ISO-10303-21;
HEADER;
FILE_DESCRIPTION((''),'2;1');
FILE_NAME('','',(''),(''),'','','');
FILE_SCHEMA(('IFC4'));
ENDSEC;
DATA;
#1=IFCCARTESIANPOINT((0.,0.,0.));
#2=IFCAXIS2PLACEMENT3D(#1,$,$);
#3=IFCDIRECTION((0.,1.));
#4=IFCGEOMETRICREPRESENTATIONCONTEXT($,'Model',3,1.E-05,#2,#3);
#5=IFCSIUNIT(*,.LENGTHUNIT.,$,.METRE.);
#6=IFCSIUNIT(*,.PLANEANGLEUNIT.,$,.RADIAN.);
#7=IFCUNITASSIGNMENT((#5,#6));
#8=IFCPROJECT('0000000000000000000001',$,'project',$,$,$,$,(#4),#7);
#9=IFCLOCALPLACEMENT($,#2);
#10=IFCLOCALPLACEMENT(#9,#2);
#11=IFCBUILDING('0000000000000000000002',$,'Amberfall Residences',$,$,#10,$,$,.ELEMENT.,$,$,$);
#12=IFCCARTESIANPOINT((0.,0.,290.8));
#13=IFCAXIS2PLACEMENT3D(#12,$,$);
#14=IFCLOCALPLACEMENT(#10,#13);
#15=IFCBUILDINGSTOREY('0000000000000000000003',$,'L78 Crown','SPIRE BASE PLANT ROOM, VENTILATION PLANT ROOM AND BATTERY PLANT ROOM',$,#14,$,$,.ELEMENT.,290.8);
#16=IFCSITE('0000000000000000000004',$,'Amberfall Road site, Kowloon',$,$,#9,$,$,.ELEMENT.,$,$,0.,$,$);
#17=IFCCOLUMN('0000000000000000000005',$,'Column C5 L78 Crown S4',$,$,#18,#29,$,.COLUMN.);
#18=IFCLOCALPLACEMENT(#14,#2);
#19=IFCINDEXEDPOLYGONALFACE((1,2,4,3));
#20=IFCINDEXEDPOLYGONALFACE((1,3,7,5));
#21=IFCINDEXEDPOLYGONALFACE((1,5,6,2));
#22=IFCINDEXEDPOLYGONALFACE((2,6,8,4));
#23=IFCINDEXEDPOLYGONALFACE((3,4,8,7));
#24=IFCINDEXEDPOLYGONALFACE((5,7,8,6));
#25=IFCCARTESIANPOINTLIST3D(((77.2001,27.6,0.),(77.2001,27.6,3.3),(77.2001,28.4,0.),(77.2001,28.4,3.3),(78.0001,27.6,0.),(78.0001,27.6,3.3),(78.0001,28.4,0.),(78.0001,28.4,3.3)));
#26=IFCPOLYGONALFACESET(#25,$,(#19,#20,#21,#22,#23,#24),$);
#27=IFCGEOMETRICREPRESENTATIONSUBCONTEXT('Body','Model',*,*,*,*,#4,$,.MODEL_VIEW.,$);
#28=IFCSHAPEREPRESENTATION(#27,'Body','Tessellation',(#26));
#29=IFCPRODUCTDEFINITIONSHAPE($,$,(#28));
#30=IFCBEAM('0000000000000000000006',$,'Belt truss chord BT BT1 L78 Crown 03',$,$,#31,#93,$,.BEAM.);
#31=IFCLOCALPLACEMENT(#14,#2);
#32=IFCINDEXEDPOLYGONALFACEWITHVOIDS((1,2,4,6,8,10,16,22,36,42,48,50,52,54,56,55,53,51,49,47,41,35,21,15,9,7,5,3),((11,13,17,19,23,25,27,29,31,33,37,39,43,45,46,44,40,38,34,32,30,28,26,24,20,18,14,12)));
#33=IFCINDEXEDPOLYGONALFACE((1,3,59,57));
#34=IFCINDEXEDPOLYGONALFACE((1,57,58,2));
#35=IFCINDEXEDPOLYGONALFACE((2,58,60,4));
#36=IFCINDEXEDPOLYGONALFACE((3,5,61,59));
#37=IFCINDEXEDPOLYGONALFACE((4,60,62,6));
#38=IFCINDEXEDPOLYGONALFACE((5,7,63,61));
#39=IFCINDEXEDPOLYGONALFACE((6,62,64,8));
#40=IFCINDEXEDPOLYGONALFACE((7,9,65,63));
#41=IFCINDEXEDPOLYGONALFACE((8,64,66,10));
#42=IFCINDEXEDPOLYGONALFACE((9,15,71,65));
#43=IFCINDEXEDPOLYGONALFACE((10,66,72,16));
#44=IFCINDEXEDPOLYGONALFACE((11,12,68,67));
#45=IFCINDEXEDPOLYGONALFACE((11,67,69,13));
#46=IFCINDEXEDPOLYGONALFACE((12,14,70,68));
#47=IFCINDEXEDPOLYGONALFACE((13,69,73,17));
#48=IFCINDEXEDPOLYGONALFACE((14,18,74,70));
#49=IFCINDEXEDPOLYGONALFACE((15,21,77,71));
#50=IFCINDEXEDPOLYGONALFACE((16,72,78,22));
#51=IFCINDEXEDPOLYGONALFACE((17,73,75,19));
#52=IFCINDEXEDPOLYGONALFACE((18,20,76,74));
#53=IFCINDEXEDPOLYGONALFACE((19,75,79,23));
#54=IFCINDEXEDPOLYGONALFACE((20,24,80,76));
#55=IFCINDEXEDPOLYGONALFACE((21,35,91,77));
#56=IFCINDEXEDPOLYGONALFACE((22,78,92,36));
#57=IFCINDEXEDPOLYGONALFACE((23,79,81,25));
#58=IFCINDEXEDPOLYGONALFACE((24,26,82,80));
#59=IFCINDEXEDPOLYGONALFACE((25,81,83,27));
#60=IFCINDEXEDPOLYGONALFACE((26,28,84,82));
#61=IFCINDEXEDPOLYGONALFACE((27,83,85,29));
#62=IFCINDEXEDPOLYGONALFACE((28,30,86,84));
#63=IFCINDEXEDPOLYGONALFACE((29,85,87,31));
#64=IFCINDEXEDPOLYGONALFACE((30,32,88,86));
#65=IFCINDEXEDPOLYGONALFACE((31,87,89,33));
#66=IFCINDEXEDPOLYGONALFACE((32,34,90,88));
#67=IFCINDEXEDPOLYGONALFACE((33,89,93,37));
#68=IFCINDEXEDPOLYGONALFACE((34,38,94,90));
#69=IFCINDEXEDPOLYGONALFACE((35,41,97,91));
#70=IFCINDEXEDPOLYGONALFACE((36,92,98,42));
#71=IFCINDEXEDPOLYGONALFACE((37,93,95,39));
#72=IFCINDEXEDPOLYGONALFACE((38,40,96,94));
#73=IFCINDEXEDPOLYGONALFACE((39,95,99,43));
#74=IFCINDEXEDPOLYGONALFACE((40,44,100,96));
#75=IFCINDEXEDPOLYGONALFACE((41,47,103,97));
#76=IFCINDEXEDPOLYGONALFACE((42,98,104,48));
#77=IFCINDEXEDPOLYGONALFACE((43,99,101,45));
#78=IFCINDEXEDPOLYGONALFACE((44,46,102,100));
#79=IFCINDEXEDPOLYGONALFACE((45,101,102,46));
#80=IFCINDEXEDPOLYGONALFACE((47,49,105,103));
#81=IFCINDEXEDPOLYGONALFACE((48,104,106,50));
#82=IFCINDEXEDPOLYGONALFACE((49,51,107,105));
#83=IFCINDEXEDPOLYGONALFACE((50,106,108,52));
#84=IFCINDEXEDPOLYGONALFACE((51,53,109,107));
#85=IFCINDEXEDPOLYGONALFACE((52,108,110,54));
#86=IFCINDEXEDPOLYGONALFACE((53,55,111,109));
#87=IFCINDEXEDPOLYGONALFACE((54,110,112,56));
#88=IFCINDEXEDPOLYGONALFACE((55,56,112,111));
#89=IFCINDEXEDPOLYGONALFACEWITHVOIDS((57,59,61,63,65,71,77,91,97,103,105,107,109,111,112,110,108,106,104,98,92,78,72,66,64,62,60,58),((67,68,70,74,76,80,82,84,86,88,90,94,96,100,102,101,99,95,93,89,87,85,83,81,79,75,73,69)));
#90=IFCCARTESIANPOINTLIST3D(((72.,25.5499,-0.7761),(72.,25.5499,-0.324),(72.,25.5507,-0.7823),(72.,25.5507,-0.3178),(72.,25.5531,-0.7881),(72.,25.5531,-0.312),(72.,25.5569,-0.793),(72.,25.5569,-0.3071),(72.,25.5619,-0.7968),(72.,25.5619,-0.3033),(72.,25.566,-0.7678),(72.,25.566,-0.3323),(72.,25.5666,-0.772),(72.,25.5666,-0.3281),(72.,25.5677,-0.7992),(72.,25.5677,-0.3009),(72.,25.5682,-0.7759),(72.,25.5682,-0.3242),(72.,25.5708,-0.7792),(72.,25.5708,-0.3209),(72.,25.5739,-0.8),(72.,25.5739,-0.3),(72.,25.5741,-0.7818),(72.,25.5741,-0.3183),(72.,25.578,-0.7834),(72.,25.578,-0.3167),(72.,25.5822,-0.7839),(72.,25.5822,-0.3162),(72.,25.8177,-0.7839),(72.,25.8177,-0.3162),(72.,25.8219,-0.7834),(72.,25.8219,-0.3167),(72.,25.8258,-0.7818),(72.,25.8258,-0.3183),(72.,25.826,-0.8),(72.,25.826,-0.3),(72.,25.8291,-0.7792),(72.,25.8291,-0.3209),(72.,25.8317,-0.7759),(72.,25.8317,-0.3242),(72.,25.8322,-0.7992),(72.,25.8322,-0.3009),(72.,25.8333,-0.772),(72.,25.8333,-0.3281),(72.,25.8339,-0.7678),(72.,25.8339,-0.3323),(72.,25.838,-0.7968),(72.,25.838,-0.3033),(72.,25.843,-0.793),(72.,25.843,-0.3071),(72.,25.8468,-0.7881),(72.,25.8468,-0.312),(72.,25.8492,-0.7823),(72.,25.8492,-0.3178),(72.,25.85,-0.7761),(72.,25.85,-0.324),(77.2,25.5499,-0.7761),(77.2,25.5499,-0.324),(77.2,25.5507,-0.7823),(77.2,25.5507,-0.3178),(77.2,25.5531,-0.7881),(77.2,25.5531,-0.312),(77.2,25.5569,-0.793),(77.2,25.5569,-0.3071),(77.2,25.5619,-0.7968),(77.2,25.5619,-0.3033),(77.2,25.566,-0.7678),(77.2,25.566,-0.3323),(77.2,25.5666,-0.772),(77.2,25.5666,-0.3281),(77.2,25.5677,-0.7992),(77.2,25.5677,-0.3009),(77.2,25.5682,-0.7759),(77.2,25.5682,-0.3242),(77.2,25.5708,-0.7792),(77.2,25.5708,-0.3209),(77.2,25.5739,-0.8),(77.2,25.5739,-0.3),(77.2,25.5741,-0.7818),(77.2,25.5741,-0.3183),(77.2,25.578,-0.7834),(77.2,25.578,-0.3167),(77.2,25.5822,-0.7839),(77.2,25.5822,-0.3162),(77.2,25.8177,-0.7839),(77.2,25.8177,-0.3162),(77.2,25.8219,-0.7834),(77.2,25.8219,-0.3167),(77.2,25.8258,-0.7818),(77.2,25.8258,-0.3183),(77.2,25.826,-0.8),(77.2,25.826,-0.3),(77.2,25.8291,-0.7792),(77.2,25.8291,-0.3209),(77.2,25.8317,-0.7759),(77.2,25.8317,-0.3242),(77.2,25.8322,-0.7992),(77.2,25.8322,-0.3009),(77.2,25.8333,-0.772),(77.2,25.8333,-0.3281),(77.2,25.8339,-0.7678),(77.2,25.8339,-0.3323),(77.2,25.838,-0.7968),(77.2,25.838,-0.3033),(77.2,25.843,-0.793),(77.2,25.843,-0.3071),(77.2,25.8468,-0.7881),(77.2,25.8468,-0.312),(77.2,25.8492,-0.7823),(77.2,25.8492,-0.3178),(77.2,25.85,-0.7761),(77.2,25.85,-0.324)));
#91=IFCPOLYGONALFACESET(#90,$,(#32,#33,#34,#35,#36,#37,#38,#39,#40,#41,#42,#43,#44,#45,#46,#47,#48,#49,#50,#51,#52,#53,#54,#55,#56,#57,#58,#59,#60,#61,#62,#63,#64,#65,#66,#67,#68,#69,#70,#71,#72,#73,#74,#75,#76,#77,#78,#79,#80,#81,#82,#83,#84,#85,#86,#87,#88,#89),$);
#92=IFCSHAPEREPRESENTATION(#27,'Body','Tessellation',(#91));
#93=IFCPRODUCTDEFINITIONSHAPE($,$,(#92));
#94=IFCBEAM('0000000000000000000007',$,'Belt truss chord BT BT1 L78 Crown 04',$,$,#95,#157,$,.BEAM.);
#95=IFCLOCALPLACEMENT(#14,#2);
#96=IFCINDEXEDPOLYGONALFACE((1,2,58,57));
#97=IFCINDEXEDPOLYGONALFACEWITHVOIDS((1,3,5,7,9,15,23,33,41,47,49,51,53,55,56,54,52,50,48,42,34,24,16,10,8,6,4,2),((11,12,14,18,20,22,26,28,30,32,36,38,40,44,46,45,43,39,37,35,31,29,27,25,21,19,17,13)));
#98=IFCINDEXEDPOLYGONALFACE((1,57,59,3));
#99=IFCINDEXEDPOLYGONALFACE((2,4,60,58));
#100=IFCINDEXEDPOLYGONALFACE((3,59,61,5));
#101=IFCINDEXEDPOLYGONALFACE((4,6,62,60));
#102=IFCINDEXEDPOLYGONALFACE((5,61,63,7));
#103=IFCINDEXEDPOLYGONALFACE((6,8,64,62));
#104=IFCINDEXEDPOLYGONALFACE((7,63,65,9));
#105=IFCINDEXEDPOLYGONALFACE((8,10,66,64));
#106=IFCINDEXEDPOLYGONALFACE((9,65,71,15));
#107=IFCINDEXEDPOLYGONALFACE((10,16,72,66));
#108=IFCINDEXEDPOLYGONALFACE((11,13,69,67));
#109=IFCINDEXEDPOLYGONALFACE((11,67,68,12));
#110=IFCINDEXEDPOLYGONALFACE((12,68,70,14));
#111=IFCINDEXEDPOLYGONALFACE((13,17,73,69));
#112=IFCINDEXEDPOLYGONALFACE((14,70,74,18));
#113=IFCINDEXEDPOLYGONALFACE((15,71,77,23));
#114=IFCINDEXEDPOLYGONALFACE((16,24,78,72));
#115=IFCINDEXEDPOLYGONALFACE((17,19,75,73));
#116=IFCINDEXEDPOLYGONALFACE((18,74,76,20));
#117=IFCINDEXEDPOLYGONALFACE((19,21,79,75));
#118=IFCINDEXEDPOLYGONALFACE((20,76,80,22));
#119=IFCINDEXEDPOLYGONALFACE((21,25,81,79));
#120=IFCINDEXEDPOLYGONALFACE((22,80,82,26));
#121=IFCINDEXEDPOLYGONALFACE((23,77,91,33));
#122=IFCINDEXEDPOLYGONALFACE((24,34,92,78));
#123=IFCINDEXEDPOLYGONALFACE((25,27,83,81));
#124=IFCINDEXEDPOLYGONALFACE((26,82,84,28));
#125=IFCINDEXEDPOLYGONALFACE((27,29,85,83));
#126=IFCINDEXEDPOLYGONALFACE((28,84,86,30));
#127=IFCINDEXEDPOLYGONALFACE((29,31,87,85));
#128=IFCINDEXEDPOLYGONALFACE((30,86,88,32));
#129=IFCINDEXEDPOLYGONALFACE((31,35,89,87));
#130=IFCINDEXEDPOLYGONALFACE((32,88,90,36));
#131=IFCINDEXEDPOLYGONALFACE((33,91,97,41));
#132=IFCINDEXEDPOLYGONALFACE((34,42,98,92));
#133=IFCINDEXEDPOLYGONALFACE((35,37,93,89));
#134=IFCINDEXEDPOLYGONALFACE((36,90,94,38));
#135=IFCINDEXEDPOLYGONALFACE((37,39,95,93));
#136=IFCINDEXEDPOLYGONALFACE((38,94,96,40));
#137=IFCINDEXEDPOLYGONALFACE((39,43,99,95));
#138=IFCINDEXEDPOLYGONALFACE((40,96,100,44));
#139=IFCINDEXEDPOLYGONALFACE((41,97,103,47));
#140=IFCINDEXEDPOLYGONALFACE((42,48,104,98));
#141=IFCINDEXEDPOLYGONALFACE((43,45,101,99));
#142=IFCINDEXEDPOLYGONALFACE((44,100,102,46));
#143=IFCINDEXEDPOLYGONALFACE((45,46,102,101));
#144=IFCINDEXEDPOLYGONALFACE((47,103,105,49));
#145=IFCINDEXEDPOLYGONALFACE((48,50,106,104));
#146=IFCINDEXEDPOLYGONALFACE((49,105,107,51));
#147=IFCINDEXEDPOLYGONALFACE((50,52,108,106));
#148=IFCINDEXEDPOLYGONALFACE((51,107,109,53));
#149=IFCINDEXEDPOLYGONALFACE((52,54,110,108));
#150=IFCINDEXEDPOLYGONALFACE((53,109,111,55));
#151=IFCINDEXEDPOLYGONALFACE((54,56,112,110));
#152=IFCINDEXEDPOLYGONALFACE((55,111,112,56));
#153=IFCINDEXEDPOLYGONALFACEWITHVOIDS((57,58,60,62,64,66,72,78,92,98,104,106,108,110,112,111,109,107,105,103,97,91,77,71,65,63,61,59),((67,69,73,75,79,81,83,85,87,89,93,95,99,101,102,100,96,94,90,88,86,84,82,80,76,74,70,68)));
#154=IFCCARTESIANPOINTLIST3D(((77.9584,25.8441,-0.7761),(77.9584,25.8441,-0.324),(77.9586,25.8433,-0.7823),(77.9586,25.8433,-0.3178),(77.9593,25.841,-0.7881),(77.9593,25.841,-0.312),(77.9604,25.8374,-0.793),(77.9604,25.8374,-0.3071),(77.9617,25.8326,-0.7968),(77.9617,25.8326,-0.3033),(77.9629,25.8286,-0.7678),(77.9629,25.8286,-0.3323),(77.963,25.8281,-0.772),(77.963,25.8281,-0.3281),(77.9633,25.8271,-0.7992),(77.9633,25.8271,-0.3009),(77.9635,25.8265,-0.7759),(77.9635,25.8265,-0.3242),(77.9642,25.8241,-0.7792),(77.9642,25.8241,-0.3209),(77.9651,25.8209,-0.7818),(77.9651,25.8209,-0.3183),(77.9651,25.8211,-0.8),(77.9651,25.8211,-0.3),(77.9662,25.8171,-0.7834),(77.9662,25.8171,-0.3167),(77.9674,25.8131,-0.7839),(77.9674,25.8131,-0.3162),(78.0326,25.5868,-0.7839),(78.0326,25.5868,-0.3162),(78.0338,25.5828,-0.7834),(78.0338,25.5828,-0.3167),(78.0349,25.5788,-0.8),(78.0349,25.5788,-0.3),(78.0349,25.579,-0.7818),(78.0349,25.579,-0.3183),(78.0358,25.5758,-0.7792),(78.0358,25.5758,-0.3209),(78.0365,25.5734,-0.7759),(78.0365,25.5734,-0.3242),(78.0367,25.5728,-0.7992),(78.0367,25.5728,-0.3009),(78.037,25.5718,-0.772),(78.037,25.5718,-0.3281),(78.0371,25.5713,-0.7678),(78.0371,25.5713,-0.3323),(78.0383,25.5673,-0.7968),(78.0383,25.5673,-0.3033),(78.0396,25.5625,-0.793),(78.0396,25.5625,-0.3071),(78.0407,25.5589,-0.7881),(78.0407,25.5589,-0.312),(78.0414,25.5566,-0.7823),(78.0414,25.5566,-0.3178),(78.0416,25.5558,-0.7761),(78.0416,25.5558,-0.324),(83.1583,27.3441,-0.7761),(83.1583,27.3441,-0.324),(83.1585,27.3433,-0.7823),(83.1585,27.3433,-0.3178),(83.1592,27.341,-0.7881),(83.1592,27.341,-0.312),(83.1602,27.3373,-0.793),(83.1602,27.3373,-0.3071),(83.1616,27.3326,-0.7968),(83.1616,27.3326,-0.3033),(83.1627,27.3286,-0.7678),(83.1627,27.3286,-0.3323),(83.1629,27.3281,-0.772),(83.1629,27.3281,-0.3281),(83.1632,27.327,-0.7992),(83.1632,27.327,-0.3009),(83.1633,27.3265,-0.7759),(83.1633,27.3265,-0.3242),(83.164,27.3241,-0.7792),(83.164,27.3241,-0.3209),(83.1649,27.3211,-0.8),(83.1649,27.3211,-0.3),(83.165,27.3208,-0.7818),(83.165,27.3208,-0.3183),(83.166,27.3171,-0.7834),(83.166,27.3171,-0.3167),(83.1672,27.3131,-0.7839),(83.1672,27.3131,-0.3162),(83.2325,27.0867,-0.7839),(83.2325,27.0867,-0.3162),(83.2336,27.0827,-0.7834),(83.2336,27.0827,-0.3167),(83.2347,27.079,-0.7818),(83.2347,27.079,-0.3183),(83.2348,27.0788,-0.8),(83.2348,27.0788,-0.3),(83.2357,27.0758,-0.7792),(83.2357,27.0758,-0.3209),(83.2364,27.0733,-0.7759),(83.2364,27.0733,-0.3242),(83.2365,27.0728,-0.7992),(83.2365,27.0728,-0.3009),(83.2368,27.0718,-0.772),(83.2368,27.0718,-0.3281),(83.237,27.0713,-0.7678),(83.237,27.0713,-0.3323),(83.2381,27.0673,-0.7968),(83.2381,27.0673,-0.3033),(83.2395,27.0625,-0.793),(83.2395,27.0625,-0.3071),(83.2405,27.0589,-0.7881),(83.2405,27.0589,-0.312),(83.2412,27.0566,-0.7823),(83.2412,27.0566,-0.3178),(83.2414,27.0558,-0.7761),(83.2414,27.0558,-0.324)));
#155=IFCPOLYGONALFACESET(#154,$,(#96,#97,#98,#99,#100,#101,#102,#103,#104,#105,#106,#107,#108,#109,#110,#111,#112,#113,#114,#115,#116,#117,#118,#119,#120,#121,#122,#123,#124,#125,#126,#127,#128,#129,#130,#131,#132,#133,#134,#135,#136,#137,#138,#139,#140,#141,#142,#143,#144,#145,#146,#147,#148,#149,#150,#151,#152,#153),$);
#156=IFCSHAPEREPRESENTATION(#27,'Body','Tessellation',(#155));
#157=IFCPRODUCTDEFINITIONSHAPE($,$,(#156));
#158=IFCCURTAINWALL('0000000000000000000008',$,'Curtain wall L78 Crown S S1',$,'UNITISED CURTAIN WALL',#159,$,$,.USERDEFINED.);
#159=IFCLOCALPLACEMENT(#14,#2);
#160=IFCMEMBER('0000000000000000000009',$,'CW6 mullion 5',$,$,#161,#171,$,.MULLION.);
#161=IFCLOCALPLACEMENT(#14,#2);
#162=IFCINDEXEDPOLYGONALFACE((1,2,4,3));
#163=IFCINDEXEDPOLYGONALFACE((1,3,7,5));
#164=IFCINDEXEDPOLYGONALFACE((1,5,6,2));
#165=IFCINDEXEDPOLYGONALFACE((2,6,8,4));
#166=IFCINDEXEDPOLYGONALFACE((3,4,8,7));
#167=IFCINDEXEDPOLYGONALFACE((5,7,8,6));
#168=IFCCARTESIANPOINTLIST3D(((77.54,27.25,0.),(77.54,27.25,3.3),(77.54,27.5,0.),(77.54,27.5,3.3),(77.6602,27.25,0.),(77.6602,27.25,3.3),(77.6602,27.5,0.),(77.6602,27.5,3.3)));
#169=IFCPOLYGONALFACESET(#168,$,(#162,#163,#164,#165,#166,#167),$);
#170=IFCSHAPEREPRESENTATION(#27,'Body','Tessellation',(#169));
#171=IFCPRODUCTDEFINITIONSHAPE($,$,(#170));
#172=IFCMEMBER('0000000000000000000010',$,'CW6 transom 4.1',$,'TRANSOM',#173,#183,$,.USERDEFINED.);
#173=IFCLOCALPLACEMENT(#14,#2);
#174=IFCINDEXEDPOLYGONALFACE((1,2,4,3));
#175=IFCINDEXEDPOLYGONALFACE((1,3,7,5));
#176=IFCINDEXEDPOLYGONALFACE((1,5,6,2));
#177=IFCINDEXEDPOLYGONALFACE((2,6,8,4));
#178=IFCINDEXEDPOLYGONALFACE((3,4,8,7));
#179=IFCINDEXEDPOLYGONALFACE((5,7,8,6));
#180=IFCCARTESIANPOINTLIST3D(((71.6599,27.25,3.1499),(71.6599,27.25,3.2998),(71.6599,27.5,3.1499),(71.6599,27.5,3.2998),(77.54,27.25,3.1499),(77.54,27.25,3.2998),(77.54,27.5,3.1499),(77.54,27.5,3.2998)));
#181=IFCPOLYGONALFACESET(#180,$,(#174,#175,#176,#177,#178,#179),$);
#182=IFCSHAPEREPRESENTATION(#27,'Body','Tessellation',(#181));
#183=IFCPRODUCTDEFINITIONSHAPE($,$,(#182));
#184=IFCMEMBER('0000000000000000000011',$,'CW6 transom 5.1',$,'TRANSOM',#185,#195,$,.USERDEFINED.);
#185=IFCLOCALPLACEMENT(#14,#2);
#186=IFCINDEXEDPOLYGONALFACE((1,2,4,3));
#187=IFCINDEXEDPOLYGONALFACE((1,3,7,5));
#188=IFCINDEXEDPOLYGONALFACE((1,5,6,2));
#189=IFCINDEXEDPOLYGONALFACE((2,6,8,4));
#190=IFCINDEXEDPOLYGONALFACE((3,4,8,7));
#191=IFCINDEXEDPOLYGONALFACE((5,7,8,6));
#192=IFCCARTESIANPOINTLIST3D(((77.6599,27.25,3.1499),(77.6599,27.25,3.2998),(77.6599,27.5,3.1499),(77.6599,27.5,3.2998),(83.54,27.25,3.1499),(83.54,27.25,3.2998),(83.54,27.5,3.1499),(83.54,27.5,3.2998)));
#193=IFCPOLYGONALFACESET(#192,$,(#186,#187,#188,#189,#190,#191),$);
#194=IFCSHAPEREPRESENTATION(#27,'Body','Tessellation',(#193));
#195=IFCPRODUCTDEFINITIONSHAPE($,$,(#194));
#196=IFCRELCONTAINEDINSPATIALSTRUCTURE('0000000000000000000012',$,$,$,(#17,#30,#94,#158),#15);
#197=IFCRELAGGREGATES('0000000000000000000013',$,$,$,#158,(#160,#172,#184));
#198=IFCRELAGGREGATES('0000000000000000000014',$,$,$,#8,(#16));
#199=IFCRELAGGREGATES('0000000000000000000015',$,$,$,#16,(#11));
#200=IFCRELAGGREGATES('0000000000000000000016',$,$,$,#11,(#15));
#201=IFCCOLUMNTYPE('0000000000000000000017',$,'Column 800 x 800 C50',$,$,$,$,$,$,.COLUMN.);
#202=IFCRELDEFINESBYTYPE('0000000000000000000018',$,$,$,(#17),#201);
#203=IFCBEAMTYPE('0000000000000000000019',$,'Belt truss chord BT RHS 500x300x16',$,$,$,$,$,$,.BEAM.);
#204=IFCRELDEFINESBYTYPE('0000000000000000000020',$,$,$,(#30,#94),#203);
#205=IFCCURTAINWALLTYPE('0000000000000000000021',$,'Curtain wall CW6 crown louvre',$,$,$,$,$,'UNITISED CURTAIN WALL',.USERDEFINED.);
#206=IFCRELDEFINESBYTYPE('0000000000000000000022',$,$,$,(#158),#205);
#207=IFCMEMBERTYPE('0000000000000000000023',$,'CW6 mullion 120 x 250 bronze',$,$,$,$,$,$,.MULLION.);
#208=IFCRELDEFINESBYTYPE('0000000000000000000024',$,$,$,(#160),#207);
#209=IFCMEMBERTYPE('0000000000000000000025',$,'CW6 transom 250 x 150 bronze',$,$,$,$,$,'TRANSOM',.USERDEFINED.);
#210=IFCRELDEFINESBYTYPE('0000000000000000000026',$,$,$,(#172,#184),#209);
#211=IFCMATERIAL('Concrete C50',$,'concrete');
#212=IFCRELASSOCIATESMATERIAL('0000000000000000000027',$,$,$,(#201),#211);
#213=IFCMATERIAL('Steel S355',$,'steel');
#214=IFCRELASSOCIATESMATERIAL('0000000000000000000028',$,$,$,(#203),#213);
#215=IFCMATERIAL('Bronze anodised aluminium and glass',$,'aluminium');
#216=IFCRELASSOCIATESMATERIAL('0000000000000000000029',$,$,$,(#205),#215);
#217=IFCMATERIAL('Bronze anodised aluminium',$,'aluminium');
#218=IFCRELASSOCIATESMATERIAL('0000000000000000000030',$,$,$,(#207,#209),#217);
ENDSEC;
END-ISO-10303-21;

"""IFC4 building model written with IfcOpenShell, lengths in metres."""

from ifc_helpers import new_model, si_unit, direction, frame, origin, origin_2d, place, context, subcontext, project, spatial, rectangle, hollow_rectangle, extrude, material, material_profile, profile_set, type_object, element, aggregate, save


model = new_model("IFC4")

# Units and contexts
model_context = context("Model", 3, precision=1e-05, world=origin(), true_north=direction((0.0, 1.0)))
body_context = subcontext(model_context, "Body", "Model", "MODEL_VIEW")
ifc_project = project(units=[si_unit("LENGTHUNIT", "METRE"), si_unit("PLANEANGLEUNIT", "RADIAN")], contexts=[model_context])

# Site, building, storey
site_placement = place(None, origin())
site = spatial("IfcSite", under=ifc_project, at=site_placement, Name="Amberfall Road site, Kowloon", CompositionType="ELEMENT", RefElevation=0.0)
building_placement = place(site_placement, origin())
building = spatial("IfcBuilding", under=site, at=building_placement, Name="Amberfall Residences", CompositionType="ELEMENT")
storey_placement = place(building_placement, frame((0.0, 0.0, 290.8)))
storey = spatial("IfcBuildingStorey", under=building, at=storey_placement, Name="L78 Crown", Description="SPIRE BASE PLANT ROOM, VENTILATION PLANT ROOM AND BATTERY PLANT ROOM", CompositionType="ELEMENT", Elevation=290.8)

# Column
ifc_material_1 = material(Name="Concrete C50", Category="concrete")
ifc_material_profile_1 = material_profile(ifc_material_1, rectangle(XDim=0.8, YDim=0.8, at=origin_2d()), Name="Column 800 x 800 C50")
ifc_profile_set_1 = profile_set([ifc_material_profile_1], Name="Concrete C50")
column_type = type_object("IfcColumnType", Name="Column 800 x 800 C50", PredefinedType="COLUMN", material=ifc_profile_set_1)
column_placement = place(storey_placement, frame((77.6001, 28.0, 0.0), z_axis=(0.0, 0.0, 1.0), x_axis=(1.0, 0.0, 0.0)))
element("IfcColumn", 1, at=column_placement, inside=storey, type_object=column_type, Name="Column C5 L78 Crown S4", PredefinedType="COLUMN", context=body_context, shape_type="SweptSolid", body=[
    extrude(rectangle(XDim=0.8, YDim=0.8, at=origin_2d()), origin(), (0.0, 0.0, 1.0), 3.3),
])

# Beams
ifc_material_2 = material(Name="Steel S355", Category="steel")
ifc_material_profile_2 = material_profile(ifc_material_2, hollow_rectangle(XDim=0.3, YDim=0.5, WallThickness=0.0161, InnerFilletRadius=0.0161, OuterFilletRadius=0.0239, at=origin_2d()), Name="RHS 500x300x16")
ifc_profile_set_2 = profile_set([ifc_material_profile_2], Name="Steel S355")
beam_type_1 = type_object("IfcBeamType", Name="Belt truss chord BT RHS 500x300x16", PredefinedType="BEAM", material=ifc_profile_set_2)
beam_1_placement = place(storey_placement, frame((72.0, 25.7, -0.55), z_axis=(1.0, 0.0, 0.0), x_axis=(0.0, 1.0, 0.0)))
element("IfcBeam", 2, at=beam_1_placement, inside=storey, type_object=beam_type_1, Name="Belt truss chord BT BT1 L78 Crown 03", PredefinedType="BEAM", context=body_context, shape_type="SweptSolid", body=[
    extrude(hollow_rectangle(XDim=0.3, YDim=0.5, WallThickness=0.0161, InnerFilletRadius=0.0161, OuterFilletRadius=0.0239, at=origin_2d()), origin(), (0.0, 0.0, 1.0), 5.2),
])
beam_2_placement = place(storey_placement, frame((78.0, 25.7, -0.55), z_axis=(0.960823, 0.277163, 0.0), x_axis=(-0.277163, 0.960823, 0.0)))
element("IfcBeam", 3, at=beam_2_placement, inside=storey, type_object=beam_type_1, Name="Belt truss chord BT BT1 L78 Crown 04", PredefinedType="BEAM", context=body_context, shape_type="SweptSolid", body=[
    extrude(hollow_rectangle(XDim=0.3, YDim=0.5, WallThickness=0.0161, InnerFilletRadius=0.0161, OuterFilletRadius=0.0239, at=origin_2d()), origin(), (0.0, 0.0, 1.0), 5.4119),
])

# Curtain wall, members
ifc_material_3 = material(Name="Bronze anodised aluminium and glass", Category="aluminium")
curtain_wall_type = type_object("IfcCurtainWallType", Name="Curtain wall CW6 crown louvre", ElementType="UNITISED CURTAIN WALL", PredefinedType="USERDEFINED", material=ifc_material_3)
curtain_wall_placement = place(storey_placement, origin())
curtain_wall = element("IfcCurtainWall", 4, at=curtain_wall_placement, inside=storey, type_object=curtain_wall_type, Name="Curtain wall L78 Crown S S1", ObjectType="UNITISED CURTAIN WALL", PredefinedType="USERDEFINED")
ifc_material_4 = material(Name="Bronze anodised aluminium", Category="aluminium")
ifc_material_profile_3 = material_profile(ifc_material_4, rectangle(XDim=0.25, YDim=0.1201, at=origin_2d()), Name="CW6 mullion 120 x 250 bronze")
ifc_profile_set_3 = profile_set([ifc_material_profile_3], Name="Bronze anodised aluminium")
member_type_1 = type_object("IfcMemberType", Name="CW6 mullion 120 x 250 bronze", PredefinedType="MULLION", material=ifc_profile_set_3)
member_1_placement = place(storey_placement, frame((77.6001, 27.375, 0.0), z_axis=(0.0, 0.0, 1.0), x_axis=(0.0, 1.0, 0.0)))
member_1 = element("IfcMember", 5, at=member_1_placement, type_object=member_type_1, Name="CW6 mullion 5", PredefinedType="MULLION", context=body_context, shape_type="SweptSolid", body=[
    extrude(rectangle(XDim=0.25, YDim=0.1201, at=origin_2d()), origin(), (0.0, 0.0, 1.0), 3.3),
])
ifc_material_profile_4 = material_profile(ifc_material_4, rectangle(XDim=0.25, YDim=0.1499, at=origin_2d()), Name="CW6 transom 250 x 150 bronze")
ifc_profile_set_4 = profile_set([ifc_material_profile_4], Name="Bronze anodised aluminium")
member_type_2 = type_object("IfcMemberType", Name="CW6 transom 250 x 150 bronze", ElementType="TRANSOM", PredefinedType="USERDEFINED", material=ifc_profile_set_4)
member_2_placement = place(storey_placement, frame((71.6599, 27.375, 3.2249), z_axis=(1.0, 0.0, 0.0), x_axis=(0.0, 1.0, 0.0)))
member_2 = element("IfcMember", 6, at=member_2_placement, type_object=member_type_2, Name="CW6 transom 4.1", ObjectType="TRANSOM", PredefinedType="USERDEFINED", context=body_context, shape_type="SweptSolid", body=[
    extrude(rectangle(XDim=0.25, YDim=0.1499, at=origin_2d()), origin(), (0.0, 0.0, 1.0), 5.8801),
])
member_3_placement = place(storey_placement, frame((77.6599, 27.375, 3.2249), z_axis=(1.0, 0.0, 0.0), x_axis=(0.0, 1.0, 0.0)))
member_3 = element("IfcMember", 7, at=member_3_placement, type_object=member_type_2, Name="CW6 transom 5.1", ObjectType="TRANSOM", PredefinedType="USERDEFINED", context=body_context, shape_type="SweptSolid", body=[
    extrude(rectangle(XDim=0.25, YDim=0.1499, at=origin_2d()), origin(), (0.0, 0.0, 1.0), 5.8801),
])

aggregate(curtain_wall, [member_1, member_2, member_3])

save(model, "model.ifc")
